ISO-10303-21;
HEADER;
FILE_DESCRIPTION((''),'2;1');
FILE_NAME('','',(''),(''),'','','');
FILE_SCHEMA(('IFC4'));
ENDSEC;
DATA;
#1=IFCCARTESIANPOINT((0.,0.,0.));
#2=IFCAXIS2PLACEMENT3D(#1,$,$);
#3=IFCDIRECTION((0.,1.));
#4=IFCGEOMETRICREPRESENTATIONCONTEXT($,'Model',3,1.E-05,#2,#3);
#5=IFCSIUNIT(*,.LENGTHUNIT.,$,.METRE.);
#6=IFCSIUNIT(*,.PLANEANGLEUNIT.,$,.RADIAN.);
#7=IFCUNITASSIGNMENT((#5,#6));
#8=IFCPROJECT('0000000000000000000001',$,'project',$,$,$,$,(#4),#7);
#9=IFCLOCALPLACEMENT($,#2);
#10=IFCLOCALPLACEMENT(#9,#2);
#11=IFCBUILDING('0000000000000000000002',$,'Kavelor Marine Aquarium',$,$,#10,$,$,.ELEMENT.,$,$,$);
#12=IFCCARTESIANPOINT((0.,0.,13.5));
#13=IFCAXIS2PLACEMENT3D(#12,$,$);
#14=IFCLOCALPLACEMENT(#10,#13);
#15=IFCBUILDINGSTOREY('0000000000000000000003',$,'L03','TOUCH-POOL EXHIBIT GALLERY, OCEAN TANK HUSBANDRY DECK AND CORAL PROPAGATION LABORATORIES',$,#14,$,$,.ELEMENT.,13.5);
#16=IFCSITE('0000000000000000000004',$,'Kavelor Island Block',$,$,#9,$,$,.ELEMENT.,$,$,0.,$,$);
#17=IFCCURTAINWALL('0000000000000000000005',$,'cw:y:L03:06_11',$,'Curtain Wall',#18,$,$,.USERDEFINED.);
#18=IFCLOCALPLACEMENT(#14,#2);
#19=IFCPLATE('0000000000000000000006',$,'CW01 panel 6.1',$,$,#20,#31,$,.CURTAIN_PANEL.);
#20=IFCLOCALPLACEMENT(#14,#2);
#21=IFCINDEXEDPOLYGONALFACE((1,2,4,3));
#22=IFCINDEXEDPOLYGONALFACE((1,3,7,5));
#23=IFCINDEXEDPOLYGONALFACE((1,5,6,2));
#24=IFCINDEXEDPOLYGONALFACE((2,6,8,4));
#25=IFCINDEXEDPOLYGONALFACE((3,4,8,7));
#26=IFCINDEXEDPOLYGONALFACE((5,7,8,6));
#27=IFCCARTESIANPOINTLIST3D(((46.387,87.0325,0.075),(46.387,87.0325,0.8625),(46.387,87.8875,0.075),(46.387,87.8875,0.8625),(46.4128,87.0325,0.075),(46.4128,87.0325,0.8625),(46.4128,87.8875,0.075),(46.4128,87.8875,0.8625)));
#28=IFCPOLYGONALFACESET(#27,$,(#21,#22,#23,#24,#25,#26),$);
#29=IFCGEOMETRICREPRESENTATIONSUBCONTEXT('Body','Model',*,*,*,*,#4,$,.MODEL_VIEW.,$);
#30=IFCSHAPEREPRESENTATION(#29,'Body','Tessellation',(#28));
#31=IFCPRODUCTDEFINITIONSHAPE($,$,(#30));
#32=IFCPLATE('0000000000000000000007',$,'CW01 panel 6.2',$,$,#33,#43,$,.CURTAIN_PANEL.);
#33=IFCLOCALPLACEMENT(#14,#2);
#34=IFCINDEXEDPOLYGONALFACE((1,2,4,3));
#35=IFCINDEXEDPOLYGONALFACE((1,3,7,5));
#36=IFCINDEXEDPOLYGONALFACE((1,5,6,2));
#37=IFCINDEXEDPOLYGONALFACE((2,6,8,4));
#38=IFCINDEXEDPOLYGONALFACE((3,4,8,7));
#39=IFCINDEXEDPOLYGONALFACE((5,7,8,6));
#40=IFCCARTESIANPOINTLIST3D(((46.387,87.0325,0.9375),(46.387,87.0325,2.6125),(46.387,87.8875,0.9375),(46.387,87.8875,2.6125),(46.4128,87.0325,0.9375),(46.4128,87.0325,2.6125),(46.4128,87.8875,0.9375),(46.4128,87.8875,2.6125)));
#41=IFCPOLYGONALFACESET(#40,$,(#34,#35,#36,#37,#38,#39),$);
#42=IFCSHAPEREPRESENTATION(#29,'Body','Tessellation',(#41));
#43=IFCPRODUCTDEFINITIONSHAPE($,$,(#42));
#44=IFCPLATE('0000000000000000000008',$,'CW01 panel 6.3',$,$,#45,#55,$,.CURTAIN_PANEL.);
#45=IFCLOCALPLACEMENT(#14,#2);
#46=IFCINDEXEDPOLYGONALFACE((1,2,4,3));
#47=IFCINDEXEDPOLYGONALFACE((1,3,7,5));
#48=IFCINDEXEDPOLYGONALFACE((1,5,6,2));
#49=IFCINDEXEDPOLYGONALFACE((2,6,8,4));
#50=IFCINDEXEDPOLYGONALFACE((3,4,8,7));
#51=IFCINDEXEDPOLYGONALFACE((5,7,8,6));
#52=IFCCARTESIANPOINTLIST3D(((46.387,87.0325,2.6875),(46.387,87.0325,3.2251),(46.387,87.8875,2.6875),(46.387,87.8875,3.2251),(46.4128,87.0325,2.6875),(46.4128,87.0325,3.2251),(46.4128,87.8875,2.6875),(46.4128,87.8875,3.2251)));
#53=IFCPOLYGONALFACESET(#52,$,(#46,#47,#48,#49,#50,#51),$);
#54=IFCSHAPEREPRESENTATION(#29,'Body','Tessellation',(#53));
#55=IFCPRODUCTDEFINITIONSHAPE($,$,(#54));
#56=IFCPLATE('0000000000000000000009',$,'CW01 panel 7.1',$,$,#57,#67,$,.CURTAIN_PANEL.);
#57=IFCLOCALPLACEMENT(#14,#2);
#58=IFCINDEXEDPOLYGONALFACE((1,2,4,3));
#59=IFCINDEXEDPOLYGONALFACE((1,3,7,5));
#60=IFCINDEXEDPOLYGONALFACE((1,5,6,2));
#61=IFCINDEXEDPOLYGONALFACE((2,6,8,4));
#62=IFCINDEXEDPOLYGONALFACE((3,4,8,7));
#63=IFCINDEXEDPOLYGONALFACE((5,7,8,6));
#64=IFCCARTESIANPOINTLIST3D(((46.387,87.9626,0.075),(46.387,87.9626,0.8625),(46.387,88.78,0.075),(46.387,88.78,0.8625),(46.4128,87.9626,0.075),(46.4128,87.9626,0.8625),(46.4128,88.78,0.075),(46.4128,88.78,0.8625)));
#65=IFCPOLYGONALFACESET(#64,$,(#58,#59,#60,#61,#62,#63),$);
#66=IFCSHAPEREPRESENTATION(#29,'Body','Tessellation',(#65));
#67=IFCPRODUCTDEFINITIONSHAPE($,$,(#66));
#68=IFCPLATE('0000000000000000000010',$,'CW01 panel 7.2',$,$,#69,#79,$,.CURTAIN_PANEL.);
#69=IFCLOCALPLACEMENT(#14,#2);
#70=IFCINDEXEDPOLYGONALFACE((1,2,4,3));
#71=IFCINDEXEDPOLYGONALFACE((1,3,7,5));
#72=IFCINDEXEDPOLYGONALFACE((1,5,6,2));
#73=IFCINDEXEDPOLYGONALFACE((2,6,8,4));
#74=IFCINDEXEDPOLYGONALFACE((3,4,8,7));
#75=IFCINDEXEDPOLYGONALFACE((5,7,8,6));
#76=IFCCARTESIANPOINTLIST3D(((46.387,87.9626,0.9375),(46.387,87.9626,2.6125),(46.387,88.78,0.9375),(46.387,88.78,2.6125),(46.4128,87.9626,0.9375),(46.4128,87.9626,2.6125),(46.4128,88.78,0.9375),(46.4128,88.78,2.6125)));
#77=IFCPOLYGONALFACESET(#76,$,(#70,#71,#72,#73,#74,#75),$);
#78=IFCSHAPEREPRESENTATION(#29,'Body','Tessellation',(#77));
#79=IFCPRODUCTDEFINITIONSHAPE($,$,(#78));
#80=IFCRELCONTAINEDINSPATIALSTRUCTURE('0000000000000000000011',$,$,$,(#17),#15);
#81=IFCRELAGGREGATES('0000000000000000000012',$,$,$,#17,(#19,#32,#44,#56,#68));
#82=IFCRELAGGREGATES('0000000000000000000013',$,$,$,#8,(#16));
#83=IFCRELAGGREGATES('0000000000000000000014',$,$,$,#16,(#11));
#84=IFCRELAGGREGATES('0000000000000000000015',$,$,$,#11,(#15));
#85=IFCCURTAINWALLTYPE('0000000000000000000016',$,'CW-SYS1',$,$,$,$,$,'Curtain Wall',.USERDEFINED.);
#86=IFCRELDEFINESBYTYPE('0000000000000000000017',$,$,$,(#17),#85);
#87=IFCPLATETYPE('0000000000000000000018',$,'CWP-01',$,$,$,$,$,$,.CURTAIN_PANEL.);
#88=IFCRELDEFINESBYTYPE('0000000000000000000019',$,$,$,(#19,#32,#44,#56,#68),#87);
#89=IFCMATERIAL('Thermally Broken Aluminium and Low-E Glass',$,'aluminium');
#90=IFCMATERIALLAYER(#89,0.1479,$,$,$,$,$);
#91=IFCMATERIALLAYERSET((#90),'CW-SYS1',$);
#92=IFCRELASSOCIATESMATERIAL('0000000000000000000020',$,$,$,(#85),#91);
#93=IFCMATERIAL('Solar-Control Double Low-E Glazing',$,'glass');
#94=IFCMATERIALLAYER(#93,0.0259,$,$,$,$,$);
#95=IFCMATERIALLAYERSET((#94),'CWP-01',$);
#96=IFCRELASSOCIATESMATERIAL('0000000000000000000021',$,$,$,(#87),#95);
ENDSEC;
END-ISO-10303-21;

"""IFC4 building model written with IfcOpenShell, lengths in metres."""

from ifc_helpers import new_model, si_unit, direction, frame, origin, origin_2d, place, context, subcontext, project, spatial, rectangle, extrude, material, layer, layer_set, type_object, element, aggregate, save


model = new_model("IFC4")

# Units and contexts
model_context = context("Model", 3, precision=1e-05, world=origin(), true_north=direction((0.0, 1.0)))
body_context = subcontext(model_context, "Body", "Model", "MODEL_VIEW")
ifc_project = project(units=[si_unit("LENGTHUNIT", "METRE"), si_unit("PLANEANGLEUNIT", "RADIAN")], contexts=[model_context])

# Site, building, storey
site_placement = place(None, origin())
site = spatial("IfcSite", under=ifc_project, at=site_placement, Name="Kavelor Island Block", CompositionType="ELEMENT", RefElevation=0.0)
building_placement = place(site_placement, origin())
building = spatial("IfcBuilding", under=site, at=building_placement, Name="Kavelor Marine Aquarium", CompositionType="ELEMENT")
storey_placement = place(building_placement, frame((0.0, 0.0, 13.5)))
storey = spatial("IfcBuildingStorey", under=building, at=storey_placement, Name="L03", Description="TOUCH-POOL EXHIBIT GALLERY, OCEAN TANK HUSBANDRY DECK AND CORAL PROPAGATION LABORATORIES", CompositionType="ELEMENT", Elevation=13.5)

# Curtain wall, plates
ifc_material_1 = material(Name="Thermally Broken Aluminium and Low-E Glass", Category="aluminium")
ifc_layer_1 = layer(ifc_material_1, 0.1479)
ifc_layer_set_1 = layer_set([ifc_layer_1], Name="CW-SYS1")
curtain_wall_type = type_object("IfcCurtainWallType", Name="CW-SYS1", ElementType="Curtain Wall", PredefinedType="USERDEFINED", material=ifc_layer_set_1)
curtain_wall_placement = place(storey_placement, origin())
curtain_wall = element("IfcCurtainWall", 1, at=curtain_wall_placement, inside=storey, type_object=curtain_wall_type, Name="cw:y:L03:06_11", ObjectType="Curtain Wall", PredefinedType="USERDEFINED")
ifc_material_2 = material(Name="Solar-Control Double Low-E Glazing", Category="glass")
ifc_layer_2 = layer(ifc_material_2, 0.0259)
ifc_layer_set_2 = layer_set([ifc_layer_2], Name="CWP-01")
plate_type = type_object("IfcPlateType", Name="CWP-01", PredefinedType="CURTAIN_PANEL", material=ifc_layer_set_2)
plate_1_placement = place(storey_placement, frame((46.3999, 87.46, 0.075), z_axis=(0.0, 0.0, 1.0), x_axis=(0.0, 1.0, 0.0)))
plate_1 = element("IfcPlate", 2, at=plate_1_placement, type_object=plate_type, Name="CW01 panel 6.1", PredefinedType="CURTAIN_PANEL", context=body_context, shape_type="SweptSolid", body=[
    extrude(rectangle(XDim=0.855, YDim=0.0259, at=origin_2d()), origin(), (0.0, 0.0, 1.0), 0.7876),
])
plate_2_placement = place(storey_placement, frame((46.3999, 87.46, 0.9375), z_axis=(0.0, 0.0, 1.0), x_axis=(0.0, 1.0, 0.0)))
plate_2 = element("IfcPlate", 3, at=plate_2_placement, type_object=plate_type, Name="CW01 panel 6.2", PredefinedType="CURTAIN_PANEL", context=body_context, shape_type="SweptSolid", body=[
    extrude(rectangle(XDim=0.855, YDim=0.0259, at=origin_2d()), origin(), (0.0, 0.0, 1.0), 1.675),
])
plate_3_placement = place(storey_placement, frame((46.3999, 87.46, 2.6875), z_axis=(0.0, 0.0, 1.0), x_axis=(0.0, 1.0, 0.0)))
plate_3 = element("IfcPlate", 4, at=plate_3_placement, type_object=plate_type, Name="CW01 panel 6.3", PredefinedType="CURTAIN_PANEL", context=body_context, shape_type="SweptSolid", body=[
    extrude(rectangle(XDim=0.855, YDim=0.0259, at=origin_2d()), origin(), (0.0, 0.0, 1.0), 0.5376),
])
plate_4_placement = place(storey_placement, frame((46.3999, 88.3713, 0.075), z_axis=(0.0, 0.0, 1.0), x_axis=(0.0, 1.0, 0.0)))
plate_4 = element("IfcPlate", 5, at=plate_4_placement, type_object=plate_type, Name="CW01 panel 7.1", PredefinedType="CURTAIN_PANEL", context=body_context, shape_type="SweptSolid", body=[
    extrude(rectangle(XDim=0.8174, YDim=0.0259, at=origin_2d()), origin(), (0.0, 0.0, 1.0), 0.7876),
])
plate_5_placement = place(storey_placement, frame((46.3999, 88.3713, 0.9375), z_axis=(0.0, 0.0, 1.0), x_axis=(0.0, 1.0, 0.0)))
plate_5 = element("IfcPlate", 6, at=plate_5_placement, type_object=plate_type, Name="CW01 panel 7.2", PredefinedType="CURTAIN_PANEL", context=body_context, shape_type="SweptSolid", body=[
    extrude(rectangle(XDim=0.8174, YDim=0.0259, at=origin_2d()), origin(), (0.0, 0.0, 1.0), 1.675),
])
aggregate(curtain_wall, [plate_1, plate_2, plate_3, plate_4, plate_5])

save(model, "model.ifc")
